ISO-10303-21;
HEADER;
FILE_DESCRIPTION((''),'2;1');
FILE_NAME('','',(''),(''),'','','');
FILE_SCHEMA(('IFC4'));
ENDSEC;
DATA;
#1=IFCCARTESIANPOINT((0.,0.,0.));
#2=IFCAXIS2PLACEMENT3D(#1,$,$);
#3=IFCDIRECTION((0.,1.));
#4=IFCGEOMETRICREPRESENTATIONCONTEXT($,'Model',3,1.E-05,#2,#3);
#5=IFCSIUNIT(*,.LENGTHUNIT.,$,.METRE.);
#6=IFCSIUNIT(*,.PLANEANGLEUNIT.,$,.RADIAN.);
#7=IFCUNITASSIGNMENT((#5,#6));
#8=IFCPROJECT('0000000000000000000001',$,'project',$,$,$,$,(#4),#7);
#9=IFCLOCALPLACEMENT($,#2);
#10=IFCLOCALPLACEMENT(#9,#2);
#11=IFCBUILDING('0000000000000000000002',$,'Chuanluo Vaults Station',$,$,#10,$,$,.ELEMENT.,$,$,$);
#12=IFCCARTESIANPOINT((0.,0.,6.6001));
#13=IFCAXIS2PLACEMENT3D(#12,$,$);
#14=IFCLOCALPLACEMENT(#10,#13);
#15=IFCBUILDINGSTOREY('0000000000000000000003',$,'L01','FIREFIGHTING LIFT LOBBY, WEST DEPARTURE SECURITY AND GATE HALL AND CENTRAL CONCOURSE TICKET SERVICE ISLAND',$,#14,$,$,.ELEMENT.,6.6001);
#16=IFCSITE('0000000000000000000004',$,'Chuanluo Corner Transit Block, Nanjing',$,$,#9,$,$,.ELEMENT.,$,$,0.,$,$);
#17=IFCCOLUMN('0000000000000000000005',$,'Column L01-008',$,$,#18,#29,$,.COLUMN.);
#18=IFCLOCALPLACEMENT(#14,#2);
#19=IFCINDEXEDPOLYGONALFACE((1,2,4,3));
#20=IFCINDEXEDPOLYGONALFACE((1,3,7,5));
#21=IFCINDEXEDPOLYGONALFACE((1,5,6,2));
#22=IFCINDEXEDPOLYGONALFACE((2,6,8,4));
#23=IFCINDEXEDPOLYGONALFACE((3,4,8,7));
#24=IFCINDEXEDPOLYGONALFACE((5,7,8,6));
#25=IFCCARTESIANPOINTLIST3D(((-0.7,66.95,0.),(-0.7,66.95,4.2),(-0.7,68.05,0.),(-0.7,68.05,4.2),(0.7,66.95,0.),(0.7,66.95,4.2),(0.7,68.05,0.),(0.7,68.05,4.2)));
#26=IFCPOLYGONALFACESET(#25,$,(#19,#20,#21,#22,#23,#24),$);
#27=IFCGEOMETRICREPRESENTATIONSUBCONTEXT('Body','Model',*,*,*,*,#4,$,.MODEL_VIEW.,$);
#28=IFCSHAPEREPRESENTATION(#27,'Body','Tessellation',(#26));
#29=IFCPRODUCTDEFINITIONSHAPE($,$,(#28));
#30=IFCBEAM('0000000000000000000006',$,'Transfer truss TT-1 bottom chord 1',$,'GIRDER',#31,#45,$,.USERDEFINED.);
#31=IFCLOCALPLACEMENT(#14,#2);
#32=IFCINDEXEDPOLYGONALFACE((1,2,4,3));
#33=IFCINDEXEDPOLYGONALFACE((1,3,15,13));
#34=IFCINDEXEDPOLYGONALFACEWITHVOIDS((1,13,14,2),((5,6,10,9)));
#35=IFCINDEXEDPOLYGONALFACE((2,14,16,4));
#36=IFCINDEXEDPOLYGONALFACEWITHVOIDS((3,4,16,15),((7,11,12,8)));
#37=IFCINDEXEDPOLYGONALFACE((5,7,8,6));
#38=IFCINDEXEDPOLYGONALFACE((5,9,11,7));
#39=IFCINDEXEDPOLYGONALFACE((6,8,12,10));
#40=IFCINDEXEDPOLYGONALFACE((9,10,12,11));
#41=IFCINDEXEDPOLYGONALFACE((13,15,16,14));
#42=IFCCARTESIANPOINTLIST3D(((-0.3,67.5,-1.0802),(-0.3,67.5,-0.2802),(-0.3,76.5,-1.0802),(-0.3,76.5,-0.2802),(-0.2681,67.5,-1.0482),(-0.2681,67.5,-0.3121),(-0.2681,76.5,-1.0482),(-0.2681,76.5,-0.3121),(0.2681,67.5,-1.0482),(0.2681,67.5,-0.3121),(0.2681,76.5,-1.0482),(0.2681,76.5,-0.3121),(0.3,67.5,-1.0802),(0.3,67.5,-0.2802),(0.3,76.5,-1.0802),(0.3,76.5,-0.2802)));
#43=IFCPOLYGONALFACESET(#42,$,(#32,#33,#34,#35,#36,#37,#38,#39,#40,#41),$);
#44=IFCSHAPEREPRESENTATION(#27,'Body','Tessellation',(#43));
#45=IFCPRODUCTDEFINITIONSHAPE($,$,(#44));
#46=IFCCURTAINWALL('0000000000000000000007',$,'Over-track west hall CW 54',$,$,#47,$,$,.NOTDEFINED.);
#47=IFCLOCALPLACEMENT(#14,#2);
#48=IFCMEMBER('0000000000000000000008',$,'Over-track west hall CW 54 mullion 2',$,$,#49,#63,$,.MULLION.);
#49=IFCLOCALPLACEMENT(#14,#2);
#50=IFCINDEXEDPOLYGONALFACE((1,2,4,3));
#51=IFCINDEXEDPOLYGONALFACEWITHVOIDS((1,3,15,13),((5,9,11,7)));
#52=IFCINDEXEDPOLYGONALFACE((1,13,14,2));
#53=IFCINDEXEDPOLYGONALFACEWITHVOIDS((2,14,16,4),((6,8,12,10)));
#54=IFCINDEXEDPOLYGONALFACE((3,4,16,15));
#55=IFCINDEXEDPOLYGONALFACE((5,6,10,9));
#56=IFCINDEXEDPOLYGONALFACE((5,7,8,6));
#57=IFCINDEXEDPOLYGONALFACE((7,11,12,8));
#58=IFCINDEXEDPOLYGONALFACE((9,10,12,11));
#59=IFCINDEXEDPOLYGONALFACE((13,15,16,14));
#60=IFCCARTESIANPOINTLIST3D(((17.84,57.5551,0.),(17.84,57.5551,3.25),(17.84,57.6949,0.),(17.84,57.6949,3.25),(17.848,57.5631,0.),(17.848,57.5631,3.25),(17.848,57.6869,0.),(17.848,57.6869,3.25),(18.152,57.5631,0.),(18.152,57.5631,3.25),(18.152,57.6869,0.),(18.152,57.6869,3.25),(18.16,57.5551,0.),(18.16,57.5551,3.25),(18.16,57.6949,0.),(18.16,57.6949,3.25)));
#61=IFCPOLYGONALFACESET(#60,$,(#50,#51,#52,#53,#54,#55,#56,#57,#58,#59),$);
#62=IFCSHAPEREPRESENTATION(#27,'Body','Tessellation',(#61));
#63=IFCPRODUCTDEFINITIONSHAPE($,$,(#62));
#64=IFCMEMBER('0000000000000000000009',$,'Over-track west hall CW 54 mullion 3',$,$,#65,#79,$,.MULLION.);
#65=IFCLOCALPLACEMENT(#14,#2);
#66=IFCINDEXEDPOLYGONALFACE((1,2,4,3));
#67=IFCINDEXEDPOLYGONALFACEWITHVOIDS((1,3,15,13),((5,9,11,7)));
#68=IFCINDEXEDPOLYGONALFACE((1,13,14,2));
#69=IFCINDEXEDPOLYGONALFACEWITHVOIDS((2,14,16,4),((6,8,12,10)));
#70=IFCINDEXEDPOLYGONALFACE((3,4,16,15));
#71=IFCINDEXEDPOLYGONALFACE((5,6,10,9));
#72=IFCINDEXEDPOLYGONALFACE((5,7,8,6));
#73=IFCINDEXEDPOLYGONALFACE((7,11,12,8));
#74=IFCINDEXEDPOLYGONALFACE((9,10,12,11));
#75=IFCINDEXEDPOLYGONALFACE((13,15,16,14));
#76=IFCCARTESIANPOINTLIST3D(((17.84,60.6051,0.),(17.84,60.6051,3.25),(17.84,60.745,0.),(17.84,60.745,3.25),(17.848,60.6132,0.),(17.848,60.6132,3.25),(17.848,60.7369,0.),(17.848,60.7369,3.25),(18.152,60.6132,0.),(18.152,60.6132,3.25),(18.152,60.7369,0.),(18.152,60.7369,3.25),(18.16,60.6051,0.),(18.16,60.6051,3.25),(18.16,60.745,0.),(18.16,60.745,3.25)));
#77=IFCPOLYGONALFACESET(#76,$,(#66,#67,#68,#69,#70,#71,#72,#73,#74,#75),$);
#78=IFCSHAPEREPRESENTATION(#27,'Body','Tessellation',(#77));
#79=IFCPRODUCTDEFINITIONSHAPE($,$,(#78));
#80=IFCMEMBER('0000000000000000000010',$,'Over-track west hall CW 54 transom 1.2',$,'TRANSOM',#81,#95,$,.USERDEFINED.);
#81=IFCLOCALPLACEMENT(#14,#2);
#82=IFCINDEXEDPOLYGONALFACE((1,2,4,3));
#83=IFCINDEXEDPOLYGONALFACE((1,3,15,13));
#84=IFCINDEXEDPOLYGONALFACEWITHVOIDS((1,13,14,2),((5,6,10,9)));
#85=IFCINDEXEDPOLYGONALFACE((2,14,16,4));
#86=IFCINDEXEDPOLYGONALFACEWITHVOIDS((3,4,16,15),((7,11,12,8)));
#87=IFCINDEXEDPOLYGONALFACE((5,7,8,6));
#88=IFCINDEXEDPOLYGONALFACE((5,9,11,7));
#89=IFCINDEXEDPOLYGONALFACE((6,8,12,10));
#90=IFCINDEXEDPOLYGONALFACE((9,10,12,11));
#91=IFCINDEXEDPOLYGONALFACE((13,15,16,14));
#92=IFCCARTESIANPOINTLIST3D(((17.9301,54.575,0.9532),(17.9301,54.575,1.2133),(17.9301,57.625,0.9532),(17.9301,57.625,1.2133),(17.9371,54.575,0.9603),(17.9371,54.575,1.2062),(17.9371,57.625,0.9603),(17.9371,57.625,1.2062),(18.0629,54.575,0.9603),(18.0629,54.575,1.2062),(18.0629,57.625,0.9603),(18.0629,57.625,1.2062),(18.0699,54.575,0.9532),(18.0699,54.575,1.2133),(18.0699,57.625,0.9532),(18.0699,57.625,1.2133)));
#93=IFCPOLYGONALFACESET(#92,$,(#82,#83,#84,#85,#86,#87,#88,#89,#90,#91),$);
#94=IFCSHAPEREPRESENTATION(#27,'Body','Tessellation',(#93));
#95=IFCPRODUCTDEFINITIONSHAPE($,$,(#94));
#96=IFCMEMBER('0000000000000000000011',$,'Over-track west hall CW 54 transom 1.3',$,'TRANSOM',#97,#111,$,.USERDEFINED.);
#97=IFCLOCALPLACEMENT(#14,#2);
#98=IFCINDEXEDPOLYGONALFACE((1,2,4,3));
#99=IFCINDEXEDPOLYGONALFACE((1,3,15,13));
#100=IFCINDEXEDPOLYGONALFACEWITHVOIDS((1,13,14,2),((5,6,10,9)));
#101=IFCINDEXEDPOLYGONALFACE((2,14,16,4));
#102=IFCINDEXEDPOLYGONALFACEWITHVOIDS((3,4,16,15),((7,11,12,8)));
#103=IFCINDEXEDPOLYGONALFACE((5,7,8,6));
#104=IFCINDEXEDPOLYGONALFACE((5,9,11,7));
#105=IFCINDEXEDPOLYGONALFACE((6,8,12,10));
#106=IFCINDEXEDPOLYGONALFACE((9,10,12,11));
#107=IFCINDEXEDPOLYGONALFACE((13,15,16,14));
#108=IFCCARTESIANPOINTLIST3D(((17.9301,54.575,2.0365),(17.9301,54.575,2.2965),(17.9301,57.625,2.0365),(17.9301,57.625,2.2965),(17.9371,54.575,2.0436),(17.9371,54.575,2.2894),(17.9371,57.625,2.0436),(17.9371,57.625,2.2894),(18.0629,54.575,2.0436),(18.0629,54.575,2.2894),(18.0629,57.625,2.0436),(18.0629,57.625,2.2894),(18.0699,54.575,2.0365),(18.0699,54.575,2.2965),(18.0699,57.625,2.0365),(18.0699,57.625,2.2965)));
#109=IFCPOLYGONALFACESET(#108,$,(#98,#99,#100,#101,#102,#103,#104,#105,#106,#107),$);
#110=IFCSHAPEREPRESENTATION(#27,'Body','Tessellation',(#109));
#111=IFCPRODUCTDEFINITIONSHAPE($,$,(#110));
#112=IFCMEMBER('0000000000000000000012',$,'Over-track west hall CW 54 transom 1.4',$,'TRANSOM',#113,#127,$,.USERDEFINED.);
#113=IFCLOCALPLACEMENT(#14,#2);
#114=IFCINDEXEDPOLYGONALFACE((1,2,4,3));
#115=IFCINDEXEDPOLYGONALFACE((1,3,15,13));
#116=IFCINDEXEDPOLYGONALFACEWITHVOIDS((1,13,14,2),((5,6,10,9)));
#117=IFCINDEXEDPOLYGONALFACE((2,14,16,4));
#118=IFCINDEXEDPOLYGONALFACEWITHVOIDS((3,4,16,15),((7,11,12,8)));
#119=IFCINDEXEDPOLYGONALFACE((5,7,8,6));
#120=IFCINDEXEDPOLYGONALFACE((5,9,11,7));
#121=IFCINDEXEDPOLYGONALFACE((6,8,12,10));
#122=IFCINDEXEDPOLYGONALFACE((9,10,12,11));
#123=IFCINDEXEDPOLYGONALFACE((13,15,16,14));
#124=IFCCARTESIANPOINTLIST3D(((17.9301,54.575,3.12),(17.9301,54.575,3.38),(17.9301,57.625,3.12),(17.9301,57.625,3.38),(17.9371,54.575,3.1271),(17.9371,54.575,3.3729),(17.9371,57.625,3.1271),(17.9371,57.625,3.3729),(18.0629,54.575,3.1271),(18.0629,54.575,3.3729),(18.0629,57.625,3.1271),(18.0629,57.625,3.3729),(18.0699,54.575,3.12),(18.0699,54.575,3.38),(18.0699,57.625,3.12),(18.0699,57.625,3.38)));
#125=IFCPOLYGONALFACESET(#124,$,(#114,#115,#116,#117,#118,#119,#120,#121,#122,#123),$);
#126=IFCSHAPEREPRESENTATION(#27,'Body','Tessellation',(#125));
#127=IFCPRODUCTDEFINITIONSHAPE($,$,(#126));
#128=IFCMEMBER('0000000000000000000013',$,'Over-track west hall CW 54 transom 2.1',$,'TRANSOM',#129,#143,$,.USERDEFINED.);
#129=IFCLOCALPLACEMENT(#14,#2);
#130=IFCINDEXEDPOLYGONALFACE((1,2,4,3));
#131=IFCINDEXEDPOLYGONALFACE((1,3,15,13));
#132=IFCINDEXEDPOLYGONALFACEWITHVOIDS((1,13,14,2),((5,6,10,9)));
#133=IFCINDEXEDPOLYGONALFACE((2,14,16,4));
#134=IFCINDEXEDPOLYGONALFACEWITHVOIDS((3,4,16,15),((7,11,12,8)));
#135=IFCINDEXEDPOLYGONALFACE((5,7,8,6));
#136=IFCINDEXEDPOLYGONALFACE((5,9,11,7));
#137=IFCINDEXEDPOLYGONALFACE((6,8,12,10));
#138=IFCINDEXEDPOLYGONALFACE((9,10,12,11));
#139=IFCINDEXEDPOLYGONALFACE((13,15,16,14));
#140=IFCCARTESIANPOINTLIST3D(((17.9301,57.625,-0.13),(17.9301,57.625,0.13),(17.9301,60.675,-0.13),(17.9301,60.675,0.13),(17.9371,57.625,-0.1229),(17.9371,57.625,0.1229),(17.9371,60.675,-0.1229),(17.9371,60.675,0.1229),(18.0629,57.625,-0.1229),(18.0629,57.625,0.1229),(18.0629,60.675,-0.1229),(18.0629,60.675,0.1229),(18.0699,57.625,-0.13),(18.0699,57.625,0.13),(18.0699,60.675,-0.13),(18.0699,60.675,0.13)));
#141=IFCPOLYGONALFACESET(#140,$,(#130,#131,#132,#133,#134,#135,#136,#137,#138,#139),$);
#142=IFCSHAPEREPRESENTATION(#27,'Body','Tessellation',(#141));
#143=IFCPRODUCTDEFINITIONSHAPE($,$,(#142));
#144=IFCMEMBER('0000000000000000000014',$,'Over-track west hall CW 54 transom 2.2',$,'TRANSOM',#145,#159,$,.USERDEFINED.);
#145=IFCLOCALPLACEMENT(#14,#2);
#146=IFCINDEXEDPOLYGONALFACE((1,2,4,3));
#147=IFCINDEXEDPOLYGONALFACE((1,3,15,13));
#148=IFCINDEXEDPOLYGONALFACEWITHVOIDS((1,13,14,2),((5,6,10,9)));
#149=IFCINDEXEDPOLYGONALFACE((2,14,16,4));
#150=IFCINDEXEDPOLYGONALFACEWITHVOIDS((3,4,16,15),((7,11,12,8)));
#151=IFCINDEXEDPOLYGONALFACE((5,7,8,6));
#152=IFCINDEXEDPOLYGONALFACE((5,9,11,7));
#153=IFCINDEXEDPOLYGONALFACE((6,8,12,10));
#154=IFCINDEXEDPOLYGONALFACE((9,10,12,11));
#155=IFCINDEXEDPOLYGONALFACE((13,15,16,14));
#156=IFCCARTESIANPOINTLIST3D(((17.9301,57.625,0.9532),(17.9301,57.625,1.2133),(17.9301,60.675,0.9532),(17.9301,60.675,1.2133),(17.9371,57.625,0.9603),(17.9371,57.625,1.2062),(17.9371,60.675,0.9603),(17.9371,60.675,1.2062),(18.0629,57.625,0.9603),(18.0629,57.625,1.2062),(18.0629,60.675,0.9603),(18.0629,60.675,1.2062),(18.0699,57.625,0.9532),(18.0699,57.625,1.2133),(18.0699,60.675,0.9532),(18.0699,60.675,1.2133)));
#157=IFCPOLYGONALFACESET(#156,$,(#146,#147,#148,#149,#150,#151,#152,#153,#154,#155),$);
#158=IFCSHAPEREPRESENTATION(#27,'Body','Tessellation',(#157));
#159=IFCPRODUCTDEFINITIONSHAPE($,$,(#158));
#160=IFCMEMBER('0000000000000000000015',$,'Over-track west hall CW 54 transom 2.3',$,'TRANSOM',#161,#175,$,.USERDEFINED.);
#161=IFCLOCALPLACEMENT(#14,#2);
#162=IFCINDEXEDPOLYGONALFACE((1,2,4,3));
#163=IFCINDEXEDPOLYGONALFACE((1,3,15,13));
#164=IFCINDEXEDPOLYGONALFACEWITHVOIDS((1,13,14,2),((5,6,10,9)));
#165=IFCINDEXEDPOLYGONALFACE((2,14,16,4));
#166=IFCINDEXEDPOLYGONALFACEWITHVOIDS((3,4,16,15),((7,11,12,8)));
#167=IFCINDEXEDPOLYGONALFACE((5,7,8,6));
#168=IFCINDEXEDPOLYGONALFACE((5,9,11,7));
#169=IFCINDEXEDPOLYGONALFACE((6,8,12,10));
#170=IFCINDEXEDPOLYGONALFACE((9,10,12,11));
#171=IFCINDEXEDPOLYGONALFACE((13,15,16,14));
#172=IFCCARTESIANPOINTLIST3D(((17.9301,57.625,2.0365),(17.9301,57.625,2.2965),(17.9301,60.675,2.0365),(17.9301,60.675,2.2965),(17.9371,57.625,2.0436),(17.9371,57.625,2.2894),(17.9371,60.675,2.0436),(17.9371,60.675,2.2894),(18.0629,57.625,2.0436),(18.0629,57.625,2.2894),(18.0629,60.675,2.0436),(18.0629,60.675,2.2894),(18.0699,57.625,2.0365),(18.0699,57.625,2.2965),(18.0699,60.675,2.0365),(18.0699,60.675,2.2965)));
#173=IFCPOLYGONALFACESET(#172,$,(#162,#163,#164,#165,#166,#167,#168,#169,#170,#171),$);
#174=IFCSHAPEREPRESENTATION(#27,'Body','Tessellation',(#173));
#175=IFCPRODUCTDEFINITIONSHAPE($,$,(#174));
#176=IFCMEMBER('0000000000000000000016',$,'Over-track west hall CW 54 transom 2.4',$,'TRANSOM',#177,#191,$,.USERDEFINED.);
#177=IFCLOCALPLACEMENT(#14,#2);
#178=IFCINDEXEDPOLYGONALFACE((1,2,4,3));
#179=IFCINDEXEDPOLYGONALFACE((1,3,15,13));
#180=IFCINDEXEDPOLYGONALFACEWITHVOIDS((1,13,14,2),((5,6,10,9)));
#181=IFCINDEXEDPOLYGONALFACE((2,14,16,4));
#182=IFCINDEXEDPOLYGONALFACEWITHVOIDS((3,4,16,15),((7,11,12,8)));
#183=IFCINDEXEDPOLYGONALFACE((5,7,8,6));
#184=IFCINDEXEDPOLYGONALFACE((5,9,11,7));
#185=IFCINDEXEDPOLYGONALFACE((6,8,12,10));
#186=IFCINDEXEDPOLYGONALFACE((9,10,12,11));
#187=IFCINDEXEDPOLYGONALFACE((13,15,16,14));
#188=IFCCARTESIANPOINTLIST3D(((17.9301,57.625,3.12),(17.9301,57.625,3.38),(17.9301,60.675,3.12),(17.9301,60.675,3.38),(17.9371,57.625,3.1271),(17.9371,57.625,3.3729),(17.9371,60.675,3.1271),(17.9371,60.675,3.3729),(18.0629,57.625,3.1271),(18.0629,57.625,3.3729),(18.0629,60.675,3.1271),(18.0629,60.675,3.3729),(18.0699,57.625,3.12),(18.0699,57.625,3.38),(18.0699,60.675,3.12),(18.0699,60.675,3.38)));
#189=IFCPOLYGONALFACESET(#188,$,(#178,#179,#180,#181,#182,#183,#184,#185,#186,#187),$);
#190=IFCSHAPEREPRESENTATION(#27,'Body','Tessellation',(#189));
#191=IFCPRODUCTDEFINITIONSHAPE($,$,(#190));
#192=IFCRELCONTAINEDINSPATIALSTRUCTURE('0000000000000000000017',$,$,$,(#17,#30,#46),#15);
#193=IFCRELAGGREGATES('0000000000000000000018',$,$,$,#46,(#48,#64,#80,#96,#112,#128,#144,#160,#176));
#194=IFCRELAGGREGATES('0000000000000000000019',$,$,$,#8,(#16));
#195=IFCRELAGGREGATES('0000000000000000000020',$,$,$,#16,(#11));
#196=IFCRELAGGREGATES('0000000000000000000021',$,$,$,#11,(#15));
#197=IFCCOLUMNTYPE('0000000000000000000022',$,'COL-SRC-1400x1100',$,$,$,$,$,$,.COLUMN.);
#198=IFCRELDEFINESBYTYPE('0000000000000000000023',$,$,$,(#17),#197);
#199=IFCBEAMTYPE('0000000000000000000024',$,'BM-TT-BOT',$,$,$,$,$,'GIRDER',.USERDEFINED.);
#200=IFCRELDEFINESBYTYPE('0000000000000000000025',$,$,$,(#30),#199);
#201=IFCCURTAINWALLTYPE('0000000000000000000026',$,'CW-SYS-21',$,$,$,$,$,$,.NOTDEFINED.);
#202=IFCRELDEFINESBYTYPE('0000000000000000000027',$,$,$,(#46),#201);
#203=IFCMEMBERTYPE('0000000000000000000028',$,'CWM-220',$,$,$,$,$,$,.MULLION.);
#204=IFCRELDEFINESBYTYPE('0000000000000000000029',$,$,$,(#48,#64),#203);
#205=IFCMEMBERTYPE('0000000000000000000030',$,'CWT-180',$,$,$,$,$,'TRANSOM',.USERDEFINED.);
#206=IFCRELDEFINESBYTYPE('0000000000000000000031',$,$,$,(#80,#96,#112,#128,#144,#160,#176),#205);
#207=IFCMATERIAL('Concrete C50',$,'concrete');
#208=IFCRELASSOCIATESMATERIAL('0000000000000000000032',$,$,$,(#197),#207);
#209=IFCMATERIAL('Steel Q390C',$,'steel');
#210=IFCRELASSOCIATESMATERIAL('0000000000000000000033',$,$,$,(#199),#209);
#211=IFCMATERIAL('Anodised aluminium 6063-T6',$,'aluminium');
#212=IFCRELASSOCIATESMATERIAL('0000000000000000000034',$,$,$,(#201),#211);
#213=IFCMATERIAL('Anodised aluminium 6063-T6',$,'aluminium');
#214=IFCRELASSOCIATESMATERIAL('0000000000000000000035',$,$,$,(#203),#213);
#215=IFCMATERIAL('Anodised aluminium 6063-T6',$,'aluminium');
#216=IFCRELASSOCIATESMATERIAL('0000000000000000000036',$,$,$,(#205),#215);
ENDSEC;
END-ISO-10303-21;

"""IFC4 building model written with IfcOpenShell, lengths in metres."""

from ifc_helpers import new_model, si_unit, direction, frame, origin, origin_2d, place, context, subcontext, project, spatial, rectangle, hollow_rectangle, extrude, material, material_profile, profile_set, type_object, element, aggregate, save


model = new_model("IFC4")

# Units and contexts
model_context = context("Model", 3, precision=1e-05, world=origin(), true_north=direction((0.0, 1.0)))
body_context = subcontext(model_context, "Body", "Model", "MODEL_VIEW")
ifc_project = project(units=[si_unit("LENGTHUNIT", "METRE"), si_unit("PLANEANGLEUNIT", "RADIAN")], contexts=[model_context])

# Site, building, storey
site_placement = place(None, origin())
site = spatial("IfcSite", under=ifc_project, at=site_placement, Name="Chuanluo Corner Transit Block, Nanjing", CompositionType="ELEMENT", RefElevation=0.0)
building_placement = place(site_placement, origin())
building = spatial("IfcBuilding", under=site, at=building_placement, Name="Chuanluo Vaults Station", CompositionType="ELEMENT")
storey_placement = place(building_placement, frame((0.0, 0.0, 6.6001)))
storey = spatial("IfcBuildingStorey", under=building, at=storey_placement, Name="L01", Description="FIREFIGHTING LIFT LOBBY, WEST DEPARTURE SECURITY AND GATE HALL AND CENTRAL CONCOURSE TICKET SERVICE ISLAND", CompositionType="ELEMENT", Elevation=6.6001)

# Column
ifc_material_1 = material(Name="Concrete C50", Category="concrete")
ifc_material_profile_1 = material_profile(ifc_material_1, rectangle(XDim=1.3999, YDim=1.1001, at=origin_2d()))
ifc_profile_set_1 = profile_set([ifc_material_profile_1], Name="Concrete C50")
column_type = type_object("IfcColumnType", Name="COL-SRC-1400x1100", PredefinedType="COLUMN", material=ifc_profile_set_1)
column_placement = place(storey_placement, frame((0.0, 67.5, 0.0), z_axis=(0.0, 0.0, 1.0), x_axis=(1.0, 0.0, 0.0)))
element("IfcColumn", 1, at=column_placement, inside=storey, type_object=column_type, Name="Column L01-008", PredefinedType="COLUMN", context=body_context, shape_type="SweptSolid", body=[
    extrude(rectangle(XDim=1.3999, YDim=1.1001, at=origin_2d()), origin(), (0.0, 0.0, 1.0), 4.2),
])

# Beam
ifc_material_2 = material(Name="Steel Q390C", Category="steel")
ifc_material_profile_2 = material_profile(ifc_material_2, hollow_rectangle(XDim=0.6001, YDim=0.8, WallThickness=0.032, at=origin_2d()))
ifc_profile_set_2 = profile_set([ifc_material_profile_2], Name="Steel Q390C")
beam_type = type_object("IfcBeamType", Name="BM-TT-BOT", ElementType="GIRDER", PredefinedType="USERDEFINED", material=ifc_profile_set_2)
beam_placement = place(storey_placement, frame((0.0, 67.5, -0.6802), z_axis=(0.0, 1.0, 0.0), x_axis=(-1.0, 0.0, 0.0)))
element("IfcBeam", 2, at=beam_placement, inside=storey, type_object=beam_type, Name="Transfer truss TT-1 bottom chord 1", ObjectType="GIRDER", PredefinedType="USERDEFINED", context=body_context, shape_type="SweptSolid", body=[
    extrude(hollow_rectangle(XDim=0.6001, YDim=0.8, WallThickness=0.032, at=origin_2d()), origin(), (0.0, 0.0, 1.0), 9.0),
])

# Curtain wall, members
ifc_material_3 = material(Name="Anodised aluminium 6063-T6", Category="aluminium")
curtain_wall_type = type_object("IfcCurtainWallType", Name="CW-SYS-21", PredefinedType="NOTDEFINED", material=ifc_material_3)
curtain_wall_placement = place(storey_placement, origin())
curtain_wall = element("IfcCurtainWall", 3, at=curtain_wall_placement, inside=storey, type_object=curtain_wall_type, Name="Over-track west hall CW 54", PredefinedType="NOTDEFINED")
ifc_material_4 = material(Name="Anodised aluminium 6063-T6", Category="aluminium")
ifc_material_profile_3 = material_profile(ifc_material_4, hollow_rectangle(XDim=0.1399, YDim=0.3201, WallThickness=0.0081, at=origin_2d()))
ifc_profile_set_3 = profile_set([ifc_material_profile_3], Name="Anodised aluminium 6063-T6")
member_type_1 = type_object("IfcMemberType", Name="CWM-220", PredefinedType="MULLION", material=ifc_profile_set_3)
member_1_placement = place(storey_placement, frame((18.0, 57.625, 0.0), z_axis=(0.0, 0.0, 1.0), x_axis=(0.0, 1.0, 0.0)))
member_1 = element("IfcMember", 4, at=member_1_placement, type_object=member_type_1, Name="Over-track west hall CW 54 mullion 2", PredefinedType="MULLION", context=body_context, shape_type="SweptSolid", body=[
    extrude(hollow_rectangle(XDim=0.1399, YDim=0.3201, WallThickness=0.0081, at=origin_2d()), origin(), (0.0, 0.0, 1.0), 3.25),
])
member_2_placement = place(storey_placement, frame((18.0, 60.675, 0.0), z_axis=(0.0, 0.0, 1.0), x_axis=(0.0, 1.0, 0.0)))
member_2 = element("IfcMember", 5, at=member_2_placement, type_object=member_type_1, Name="Over-track west hall CW 54 mullion 3", PredefinedType="MULLION", context=body_context, shape_type="SweptSolid", body=[
    extrude(hollow_rectangle(XDim=0.1399, YDim=0.3201, WallThickness=0.0081, at=origin_2d()), origin(), (0.0, 0.0, 1.0), 3.25),
])
ifc_material_5 = material(Name="Anodised aluminium 6063-T6", Category="aluminium")
ifc_material_profile_4 = material_profile(ifc_material_5, hollow_rectangle(XDim=0.1399, YDim=0.26, WallThickness=0.0071, at=origin_2d()))
ifc_profile_set_4 = profile_set([ifc_material_profile_4], Name="Anodised aluminium 6063-T6")
member_type_2 = type_object("IfcMemberType", Name="CWT-180", ElementType="TRANSOM", PredefinedType="USERDEFINED", material=ifc_profile_set_4)
member_3_placement = place(storey_placement, frame((18.0, 54.575, 1.0833), z_axis=(0.0, 1.0, 0.0), x_axis=(-1.0, 0.0, 0.0)))
member_3 = element("IfcMember", 6, at=member_3_placement, type_object=member_type_2, Name="Over-track west hall CW 54 transom 1.2", ObjectType="TRANSOM", PredefinedType="USERDEFINED", context=body_context, shape_type="SweptSolid", body=[
    extrude(hollow_rectangle(XDim=0.1399, YDim=0.26, WallThickness=0.0071, at=origin_2d()), origin(), (0.0, 0.0, 1.0), 3.05),
])
member_4_placement = place(storey_placement, frame((18.0, 54.575, 2.1665), z_axis=(0.0, 1.0, 0.0), x_axis=(-1.0, 0.0, 0.0)))
member_4 = element("IfcMember", 7, at=member_4_placement, type_object=member_type_2, Name="Over-track west hall CW 54 transom 1.3", ObjectType="TRANSOM", PredefinedType="USERDEFINED", context=body_context, shape_type="SweptSolid", body=[
    extrude(hollow_rectangle(XDim=0.1399, YDim=0.26, WallThickness=0.0071, at=origin_2d()), origin(), (0.0, 0.0, 1.0), 3.05),
])
member_5_placement = place(storey_placement, frame((18.0, 54.575, 3.25), z_axis=(0.0, 1.0, 0.0), x_axis=(-1.0, 0.0, 0.0)))
member_5 = element("IfcMember", 8, at=member_5_placement, type_object=member_type_2, Name="Over-track west hall CW 54 transom 1.4", ObjectType="TRANSOM", PredefinedType="USERDEFINED", context=body_context, shape_type="SweptSolid", body=[
    extrude(hollow_rectangle(XDim=0.1399, YDim=0.26, WallThickness=0.0071, at=origin_2d()), origin(), (0.0, 0.0, 1.0), 3.05),
])
member_6_placement = place(storey_placement, frame((18.0, 57.625, 0.0), z_axis=(0.0, 1.0, 0.0), x_axis=(-1.0, 0.0, 0.0)))
member_6 = element("IfcMember", 9, at=member_6_placement, type_object=member_type_2, Name="Over-track west hall CW 54 transom 2.1", ObjectType="TRANSOM", PredefinedType="USERDEFINED", context=body_context, shape_type="SweptSolid", body=[
    extrude(hollow_rectangle(XDim=0.1399, YDim=0.26, WallThickness=0.0071, at=origin_2d()), origin(), (0.0, 0.0, 1.0), 3.05),
])
member_7_placement = place(storey_placement, frame((18.0, 57.625, 1.0833), z_axis=(0.0, 1.0, 0.0), x_axis=(-1.0, 0.0, 0.0)))
member_7 = element("IfcMember", 10, at=member_7_placement, type_object=member_type_2, Name="Over-track west hall CW 54 transom 2.2", ObjectType="TRANSOM", PredefinedType="USERDEFINED", context=body_context, shape_type="SweptSolid", body=[
    extrude(hollow_rectangle(XDim=0.1399, YDim=0.26, WallThickness=0.0071, at=origin_2d()), origin(), (0.0, 0.0, 1.0), 3.05),
])
member_8_placement = place(storey_placement, frame((18.0, 57.625, 2.1665), z_axis=(0.0, 1.0, 0.0), x_axis=(-1.0, 0.0, 0.0)))
member_8 = element("IfcMember", 11, at=member_8_placement, type_object=member_type_2, Name="Over-track west hall CW 54 transom 2.3", ObjectType="TRANSOM", PredefinedType="USERDEFINED", context=body_context, shape_type="SweptSolid", body=[
    extrude(hollow_rectangle(XDim=0.1399, YDim=0.26, WallThickness=0.0071, at=origin_2d()), origin(), (0.0, 0.0, 1.0), 3.05),
])
member_9_placement = place(storey_placement, frame((18.0, 57.625, 3.25), z_axis=(0.0, 1.0, 0.0), x_axis=(-1.0, 0.0, 0.0)))
member_9 = element("IfcMember", 12, at=member_9_placement, type_object=member_type_2, Name="Over-track west hall CW 54 transom 2.4", ObjectType="TRANSOM", PredefinedType="USERDEFINED", context=body_context, shape_type="SweptSolid", body=[
    extrude(hollow_rectangle(XDim=0.1399, YDim=0.26, WallThickness=0.0071, at=origin_2d()), origin(), (0.0, 0.0, 1.0), 3.05),
])

aggregate(curtain_wall, [member_1, member_2, member_3, member_4, member_5, member_6, member_7, member_8, member_9])

save(model, "model.ifc")
